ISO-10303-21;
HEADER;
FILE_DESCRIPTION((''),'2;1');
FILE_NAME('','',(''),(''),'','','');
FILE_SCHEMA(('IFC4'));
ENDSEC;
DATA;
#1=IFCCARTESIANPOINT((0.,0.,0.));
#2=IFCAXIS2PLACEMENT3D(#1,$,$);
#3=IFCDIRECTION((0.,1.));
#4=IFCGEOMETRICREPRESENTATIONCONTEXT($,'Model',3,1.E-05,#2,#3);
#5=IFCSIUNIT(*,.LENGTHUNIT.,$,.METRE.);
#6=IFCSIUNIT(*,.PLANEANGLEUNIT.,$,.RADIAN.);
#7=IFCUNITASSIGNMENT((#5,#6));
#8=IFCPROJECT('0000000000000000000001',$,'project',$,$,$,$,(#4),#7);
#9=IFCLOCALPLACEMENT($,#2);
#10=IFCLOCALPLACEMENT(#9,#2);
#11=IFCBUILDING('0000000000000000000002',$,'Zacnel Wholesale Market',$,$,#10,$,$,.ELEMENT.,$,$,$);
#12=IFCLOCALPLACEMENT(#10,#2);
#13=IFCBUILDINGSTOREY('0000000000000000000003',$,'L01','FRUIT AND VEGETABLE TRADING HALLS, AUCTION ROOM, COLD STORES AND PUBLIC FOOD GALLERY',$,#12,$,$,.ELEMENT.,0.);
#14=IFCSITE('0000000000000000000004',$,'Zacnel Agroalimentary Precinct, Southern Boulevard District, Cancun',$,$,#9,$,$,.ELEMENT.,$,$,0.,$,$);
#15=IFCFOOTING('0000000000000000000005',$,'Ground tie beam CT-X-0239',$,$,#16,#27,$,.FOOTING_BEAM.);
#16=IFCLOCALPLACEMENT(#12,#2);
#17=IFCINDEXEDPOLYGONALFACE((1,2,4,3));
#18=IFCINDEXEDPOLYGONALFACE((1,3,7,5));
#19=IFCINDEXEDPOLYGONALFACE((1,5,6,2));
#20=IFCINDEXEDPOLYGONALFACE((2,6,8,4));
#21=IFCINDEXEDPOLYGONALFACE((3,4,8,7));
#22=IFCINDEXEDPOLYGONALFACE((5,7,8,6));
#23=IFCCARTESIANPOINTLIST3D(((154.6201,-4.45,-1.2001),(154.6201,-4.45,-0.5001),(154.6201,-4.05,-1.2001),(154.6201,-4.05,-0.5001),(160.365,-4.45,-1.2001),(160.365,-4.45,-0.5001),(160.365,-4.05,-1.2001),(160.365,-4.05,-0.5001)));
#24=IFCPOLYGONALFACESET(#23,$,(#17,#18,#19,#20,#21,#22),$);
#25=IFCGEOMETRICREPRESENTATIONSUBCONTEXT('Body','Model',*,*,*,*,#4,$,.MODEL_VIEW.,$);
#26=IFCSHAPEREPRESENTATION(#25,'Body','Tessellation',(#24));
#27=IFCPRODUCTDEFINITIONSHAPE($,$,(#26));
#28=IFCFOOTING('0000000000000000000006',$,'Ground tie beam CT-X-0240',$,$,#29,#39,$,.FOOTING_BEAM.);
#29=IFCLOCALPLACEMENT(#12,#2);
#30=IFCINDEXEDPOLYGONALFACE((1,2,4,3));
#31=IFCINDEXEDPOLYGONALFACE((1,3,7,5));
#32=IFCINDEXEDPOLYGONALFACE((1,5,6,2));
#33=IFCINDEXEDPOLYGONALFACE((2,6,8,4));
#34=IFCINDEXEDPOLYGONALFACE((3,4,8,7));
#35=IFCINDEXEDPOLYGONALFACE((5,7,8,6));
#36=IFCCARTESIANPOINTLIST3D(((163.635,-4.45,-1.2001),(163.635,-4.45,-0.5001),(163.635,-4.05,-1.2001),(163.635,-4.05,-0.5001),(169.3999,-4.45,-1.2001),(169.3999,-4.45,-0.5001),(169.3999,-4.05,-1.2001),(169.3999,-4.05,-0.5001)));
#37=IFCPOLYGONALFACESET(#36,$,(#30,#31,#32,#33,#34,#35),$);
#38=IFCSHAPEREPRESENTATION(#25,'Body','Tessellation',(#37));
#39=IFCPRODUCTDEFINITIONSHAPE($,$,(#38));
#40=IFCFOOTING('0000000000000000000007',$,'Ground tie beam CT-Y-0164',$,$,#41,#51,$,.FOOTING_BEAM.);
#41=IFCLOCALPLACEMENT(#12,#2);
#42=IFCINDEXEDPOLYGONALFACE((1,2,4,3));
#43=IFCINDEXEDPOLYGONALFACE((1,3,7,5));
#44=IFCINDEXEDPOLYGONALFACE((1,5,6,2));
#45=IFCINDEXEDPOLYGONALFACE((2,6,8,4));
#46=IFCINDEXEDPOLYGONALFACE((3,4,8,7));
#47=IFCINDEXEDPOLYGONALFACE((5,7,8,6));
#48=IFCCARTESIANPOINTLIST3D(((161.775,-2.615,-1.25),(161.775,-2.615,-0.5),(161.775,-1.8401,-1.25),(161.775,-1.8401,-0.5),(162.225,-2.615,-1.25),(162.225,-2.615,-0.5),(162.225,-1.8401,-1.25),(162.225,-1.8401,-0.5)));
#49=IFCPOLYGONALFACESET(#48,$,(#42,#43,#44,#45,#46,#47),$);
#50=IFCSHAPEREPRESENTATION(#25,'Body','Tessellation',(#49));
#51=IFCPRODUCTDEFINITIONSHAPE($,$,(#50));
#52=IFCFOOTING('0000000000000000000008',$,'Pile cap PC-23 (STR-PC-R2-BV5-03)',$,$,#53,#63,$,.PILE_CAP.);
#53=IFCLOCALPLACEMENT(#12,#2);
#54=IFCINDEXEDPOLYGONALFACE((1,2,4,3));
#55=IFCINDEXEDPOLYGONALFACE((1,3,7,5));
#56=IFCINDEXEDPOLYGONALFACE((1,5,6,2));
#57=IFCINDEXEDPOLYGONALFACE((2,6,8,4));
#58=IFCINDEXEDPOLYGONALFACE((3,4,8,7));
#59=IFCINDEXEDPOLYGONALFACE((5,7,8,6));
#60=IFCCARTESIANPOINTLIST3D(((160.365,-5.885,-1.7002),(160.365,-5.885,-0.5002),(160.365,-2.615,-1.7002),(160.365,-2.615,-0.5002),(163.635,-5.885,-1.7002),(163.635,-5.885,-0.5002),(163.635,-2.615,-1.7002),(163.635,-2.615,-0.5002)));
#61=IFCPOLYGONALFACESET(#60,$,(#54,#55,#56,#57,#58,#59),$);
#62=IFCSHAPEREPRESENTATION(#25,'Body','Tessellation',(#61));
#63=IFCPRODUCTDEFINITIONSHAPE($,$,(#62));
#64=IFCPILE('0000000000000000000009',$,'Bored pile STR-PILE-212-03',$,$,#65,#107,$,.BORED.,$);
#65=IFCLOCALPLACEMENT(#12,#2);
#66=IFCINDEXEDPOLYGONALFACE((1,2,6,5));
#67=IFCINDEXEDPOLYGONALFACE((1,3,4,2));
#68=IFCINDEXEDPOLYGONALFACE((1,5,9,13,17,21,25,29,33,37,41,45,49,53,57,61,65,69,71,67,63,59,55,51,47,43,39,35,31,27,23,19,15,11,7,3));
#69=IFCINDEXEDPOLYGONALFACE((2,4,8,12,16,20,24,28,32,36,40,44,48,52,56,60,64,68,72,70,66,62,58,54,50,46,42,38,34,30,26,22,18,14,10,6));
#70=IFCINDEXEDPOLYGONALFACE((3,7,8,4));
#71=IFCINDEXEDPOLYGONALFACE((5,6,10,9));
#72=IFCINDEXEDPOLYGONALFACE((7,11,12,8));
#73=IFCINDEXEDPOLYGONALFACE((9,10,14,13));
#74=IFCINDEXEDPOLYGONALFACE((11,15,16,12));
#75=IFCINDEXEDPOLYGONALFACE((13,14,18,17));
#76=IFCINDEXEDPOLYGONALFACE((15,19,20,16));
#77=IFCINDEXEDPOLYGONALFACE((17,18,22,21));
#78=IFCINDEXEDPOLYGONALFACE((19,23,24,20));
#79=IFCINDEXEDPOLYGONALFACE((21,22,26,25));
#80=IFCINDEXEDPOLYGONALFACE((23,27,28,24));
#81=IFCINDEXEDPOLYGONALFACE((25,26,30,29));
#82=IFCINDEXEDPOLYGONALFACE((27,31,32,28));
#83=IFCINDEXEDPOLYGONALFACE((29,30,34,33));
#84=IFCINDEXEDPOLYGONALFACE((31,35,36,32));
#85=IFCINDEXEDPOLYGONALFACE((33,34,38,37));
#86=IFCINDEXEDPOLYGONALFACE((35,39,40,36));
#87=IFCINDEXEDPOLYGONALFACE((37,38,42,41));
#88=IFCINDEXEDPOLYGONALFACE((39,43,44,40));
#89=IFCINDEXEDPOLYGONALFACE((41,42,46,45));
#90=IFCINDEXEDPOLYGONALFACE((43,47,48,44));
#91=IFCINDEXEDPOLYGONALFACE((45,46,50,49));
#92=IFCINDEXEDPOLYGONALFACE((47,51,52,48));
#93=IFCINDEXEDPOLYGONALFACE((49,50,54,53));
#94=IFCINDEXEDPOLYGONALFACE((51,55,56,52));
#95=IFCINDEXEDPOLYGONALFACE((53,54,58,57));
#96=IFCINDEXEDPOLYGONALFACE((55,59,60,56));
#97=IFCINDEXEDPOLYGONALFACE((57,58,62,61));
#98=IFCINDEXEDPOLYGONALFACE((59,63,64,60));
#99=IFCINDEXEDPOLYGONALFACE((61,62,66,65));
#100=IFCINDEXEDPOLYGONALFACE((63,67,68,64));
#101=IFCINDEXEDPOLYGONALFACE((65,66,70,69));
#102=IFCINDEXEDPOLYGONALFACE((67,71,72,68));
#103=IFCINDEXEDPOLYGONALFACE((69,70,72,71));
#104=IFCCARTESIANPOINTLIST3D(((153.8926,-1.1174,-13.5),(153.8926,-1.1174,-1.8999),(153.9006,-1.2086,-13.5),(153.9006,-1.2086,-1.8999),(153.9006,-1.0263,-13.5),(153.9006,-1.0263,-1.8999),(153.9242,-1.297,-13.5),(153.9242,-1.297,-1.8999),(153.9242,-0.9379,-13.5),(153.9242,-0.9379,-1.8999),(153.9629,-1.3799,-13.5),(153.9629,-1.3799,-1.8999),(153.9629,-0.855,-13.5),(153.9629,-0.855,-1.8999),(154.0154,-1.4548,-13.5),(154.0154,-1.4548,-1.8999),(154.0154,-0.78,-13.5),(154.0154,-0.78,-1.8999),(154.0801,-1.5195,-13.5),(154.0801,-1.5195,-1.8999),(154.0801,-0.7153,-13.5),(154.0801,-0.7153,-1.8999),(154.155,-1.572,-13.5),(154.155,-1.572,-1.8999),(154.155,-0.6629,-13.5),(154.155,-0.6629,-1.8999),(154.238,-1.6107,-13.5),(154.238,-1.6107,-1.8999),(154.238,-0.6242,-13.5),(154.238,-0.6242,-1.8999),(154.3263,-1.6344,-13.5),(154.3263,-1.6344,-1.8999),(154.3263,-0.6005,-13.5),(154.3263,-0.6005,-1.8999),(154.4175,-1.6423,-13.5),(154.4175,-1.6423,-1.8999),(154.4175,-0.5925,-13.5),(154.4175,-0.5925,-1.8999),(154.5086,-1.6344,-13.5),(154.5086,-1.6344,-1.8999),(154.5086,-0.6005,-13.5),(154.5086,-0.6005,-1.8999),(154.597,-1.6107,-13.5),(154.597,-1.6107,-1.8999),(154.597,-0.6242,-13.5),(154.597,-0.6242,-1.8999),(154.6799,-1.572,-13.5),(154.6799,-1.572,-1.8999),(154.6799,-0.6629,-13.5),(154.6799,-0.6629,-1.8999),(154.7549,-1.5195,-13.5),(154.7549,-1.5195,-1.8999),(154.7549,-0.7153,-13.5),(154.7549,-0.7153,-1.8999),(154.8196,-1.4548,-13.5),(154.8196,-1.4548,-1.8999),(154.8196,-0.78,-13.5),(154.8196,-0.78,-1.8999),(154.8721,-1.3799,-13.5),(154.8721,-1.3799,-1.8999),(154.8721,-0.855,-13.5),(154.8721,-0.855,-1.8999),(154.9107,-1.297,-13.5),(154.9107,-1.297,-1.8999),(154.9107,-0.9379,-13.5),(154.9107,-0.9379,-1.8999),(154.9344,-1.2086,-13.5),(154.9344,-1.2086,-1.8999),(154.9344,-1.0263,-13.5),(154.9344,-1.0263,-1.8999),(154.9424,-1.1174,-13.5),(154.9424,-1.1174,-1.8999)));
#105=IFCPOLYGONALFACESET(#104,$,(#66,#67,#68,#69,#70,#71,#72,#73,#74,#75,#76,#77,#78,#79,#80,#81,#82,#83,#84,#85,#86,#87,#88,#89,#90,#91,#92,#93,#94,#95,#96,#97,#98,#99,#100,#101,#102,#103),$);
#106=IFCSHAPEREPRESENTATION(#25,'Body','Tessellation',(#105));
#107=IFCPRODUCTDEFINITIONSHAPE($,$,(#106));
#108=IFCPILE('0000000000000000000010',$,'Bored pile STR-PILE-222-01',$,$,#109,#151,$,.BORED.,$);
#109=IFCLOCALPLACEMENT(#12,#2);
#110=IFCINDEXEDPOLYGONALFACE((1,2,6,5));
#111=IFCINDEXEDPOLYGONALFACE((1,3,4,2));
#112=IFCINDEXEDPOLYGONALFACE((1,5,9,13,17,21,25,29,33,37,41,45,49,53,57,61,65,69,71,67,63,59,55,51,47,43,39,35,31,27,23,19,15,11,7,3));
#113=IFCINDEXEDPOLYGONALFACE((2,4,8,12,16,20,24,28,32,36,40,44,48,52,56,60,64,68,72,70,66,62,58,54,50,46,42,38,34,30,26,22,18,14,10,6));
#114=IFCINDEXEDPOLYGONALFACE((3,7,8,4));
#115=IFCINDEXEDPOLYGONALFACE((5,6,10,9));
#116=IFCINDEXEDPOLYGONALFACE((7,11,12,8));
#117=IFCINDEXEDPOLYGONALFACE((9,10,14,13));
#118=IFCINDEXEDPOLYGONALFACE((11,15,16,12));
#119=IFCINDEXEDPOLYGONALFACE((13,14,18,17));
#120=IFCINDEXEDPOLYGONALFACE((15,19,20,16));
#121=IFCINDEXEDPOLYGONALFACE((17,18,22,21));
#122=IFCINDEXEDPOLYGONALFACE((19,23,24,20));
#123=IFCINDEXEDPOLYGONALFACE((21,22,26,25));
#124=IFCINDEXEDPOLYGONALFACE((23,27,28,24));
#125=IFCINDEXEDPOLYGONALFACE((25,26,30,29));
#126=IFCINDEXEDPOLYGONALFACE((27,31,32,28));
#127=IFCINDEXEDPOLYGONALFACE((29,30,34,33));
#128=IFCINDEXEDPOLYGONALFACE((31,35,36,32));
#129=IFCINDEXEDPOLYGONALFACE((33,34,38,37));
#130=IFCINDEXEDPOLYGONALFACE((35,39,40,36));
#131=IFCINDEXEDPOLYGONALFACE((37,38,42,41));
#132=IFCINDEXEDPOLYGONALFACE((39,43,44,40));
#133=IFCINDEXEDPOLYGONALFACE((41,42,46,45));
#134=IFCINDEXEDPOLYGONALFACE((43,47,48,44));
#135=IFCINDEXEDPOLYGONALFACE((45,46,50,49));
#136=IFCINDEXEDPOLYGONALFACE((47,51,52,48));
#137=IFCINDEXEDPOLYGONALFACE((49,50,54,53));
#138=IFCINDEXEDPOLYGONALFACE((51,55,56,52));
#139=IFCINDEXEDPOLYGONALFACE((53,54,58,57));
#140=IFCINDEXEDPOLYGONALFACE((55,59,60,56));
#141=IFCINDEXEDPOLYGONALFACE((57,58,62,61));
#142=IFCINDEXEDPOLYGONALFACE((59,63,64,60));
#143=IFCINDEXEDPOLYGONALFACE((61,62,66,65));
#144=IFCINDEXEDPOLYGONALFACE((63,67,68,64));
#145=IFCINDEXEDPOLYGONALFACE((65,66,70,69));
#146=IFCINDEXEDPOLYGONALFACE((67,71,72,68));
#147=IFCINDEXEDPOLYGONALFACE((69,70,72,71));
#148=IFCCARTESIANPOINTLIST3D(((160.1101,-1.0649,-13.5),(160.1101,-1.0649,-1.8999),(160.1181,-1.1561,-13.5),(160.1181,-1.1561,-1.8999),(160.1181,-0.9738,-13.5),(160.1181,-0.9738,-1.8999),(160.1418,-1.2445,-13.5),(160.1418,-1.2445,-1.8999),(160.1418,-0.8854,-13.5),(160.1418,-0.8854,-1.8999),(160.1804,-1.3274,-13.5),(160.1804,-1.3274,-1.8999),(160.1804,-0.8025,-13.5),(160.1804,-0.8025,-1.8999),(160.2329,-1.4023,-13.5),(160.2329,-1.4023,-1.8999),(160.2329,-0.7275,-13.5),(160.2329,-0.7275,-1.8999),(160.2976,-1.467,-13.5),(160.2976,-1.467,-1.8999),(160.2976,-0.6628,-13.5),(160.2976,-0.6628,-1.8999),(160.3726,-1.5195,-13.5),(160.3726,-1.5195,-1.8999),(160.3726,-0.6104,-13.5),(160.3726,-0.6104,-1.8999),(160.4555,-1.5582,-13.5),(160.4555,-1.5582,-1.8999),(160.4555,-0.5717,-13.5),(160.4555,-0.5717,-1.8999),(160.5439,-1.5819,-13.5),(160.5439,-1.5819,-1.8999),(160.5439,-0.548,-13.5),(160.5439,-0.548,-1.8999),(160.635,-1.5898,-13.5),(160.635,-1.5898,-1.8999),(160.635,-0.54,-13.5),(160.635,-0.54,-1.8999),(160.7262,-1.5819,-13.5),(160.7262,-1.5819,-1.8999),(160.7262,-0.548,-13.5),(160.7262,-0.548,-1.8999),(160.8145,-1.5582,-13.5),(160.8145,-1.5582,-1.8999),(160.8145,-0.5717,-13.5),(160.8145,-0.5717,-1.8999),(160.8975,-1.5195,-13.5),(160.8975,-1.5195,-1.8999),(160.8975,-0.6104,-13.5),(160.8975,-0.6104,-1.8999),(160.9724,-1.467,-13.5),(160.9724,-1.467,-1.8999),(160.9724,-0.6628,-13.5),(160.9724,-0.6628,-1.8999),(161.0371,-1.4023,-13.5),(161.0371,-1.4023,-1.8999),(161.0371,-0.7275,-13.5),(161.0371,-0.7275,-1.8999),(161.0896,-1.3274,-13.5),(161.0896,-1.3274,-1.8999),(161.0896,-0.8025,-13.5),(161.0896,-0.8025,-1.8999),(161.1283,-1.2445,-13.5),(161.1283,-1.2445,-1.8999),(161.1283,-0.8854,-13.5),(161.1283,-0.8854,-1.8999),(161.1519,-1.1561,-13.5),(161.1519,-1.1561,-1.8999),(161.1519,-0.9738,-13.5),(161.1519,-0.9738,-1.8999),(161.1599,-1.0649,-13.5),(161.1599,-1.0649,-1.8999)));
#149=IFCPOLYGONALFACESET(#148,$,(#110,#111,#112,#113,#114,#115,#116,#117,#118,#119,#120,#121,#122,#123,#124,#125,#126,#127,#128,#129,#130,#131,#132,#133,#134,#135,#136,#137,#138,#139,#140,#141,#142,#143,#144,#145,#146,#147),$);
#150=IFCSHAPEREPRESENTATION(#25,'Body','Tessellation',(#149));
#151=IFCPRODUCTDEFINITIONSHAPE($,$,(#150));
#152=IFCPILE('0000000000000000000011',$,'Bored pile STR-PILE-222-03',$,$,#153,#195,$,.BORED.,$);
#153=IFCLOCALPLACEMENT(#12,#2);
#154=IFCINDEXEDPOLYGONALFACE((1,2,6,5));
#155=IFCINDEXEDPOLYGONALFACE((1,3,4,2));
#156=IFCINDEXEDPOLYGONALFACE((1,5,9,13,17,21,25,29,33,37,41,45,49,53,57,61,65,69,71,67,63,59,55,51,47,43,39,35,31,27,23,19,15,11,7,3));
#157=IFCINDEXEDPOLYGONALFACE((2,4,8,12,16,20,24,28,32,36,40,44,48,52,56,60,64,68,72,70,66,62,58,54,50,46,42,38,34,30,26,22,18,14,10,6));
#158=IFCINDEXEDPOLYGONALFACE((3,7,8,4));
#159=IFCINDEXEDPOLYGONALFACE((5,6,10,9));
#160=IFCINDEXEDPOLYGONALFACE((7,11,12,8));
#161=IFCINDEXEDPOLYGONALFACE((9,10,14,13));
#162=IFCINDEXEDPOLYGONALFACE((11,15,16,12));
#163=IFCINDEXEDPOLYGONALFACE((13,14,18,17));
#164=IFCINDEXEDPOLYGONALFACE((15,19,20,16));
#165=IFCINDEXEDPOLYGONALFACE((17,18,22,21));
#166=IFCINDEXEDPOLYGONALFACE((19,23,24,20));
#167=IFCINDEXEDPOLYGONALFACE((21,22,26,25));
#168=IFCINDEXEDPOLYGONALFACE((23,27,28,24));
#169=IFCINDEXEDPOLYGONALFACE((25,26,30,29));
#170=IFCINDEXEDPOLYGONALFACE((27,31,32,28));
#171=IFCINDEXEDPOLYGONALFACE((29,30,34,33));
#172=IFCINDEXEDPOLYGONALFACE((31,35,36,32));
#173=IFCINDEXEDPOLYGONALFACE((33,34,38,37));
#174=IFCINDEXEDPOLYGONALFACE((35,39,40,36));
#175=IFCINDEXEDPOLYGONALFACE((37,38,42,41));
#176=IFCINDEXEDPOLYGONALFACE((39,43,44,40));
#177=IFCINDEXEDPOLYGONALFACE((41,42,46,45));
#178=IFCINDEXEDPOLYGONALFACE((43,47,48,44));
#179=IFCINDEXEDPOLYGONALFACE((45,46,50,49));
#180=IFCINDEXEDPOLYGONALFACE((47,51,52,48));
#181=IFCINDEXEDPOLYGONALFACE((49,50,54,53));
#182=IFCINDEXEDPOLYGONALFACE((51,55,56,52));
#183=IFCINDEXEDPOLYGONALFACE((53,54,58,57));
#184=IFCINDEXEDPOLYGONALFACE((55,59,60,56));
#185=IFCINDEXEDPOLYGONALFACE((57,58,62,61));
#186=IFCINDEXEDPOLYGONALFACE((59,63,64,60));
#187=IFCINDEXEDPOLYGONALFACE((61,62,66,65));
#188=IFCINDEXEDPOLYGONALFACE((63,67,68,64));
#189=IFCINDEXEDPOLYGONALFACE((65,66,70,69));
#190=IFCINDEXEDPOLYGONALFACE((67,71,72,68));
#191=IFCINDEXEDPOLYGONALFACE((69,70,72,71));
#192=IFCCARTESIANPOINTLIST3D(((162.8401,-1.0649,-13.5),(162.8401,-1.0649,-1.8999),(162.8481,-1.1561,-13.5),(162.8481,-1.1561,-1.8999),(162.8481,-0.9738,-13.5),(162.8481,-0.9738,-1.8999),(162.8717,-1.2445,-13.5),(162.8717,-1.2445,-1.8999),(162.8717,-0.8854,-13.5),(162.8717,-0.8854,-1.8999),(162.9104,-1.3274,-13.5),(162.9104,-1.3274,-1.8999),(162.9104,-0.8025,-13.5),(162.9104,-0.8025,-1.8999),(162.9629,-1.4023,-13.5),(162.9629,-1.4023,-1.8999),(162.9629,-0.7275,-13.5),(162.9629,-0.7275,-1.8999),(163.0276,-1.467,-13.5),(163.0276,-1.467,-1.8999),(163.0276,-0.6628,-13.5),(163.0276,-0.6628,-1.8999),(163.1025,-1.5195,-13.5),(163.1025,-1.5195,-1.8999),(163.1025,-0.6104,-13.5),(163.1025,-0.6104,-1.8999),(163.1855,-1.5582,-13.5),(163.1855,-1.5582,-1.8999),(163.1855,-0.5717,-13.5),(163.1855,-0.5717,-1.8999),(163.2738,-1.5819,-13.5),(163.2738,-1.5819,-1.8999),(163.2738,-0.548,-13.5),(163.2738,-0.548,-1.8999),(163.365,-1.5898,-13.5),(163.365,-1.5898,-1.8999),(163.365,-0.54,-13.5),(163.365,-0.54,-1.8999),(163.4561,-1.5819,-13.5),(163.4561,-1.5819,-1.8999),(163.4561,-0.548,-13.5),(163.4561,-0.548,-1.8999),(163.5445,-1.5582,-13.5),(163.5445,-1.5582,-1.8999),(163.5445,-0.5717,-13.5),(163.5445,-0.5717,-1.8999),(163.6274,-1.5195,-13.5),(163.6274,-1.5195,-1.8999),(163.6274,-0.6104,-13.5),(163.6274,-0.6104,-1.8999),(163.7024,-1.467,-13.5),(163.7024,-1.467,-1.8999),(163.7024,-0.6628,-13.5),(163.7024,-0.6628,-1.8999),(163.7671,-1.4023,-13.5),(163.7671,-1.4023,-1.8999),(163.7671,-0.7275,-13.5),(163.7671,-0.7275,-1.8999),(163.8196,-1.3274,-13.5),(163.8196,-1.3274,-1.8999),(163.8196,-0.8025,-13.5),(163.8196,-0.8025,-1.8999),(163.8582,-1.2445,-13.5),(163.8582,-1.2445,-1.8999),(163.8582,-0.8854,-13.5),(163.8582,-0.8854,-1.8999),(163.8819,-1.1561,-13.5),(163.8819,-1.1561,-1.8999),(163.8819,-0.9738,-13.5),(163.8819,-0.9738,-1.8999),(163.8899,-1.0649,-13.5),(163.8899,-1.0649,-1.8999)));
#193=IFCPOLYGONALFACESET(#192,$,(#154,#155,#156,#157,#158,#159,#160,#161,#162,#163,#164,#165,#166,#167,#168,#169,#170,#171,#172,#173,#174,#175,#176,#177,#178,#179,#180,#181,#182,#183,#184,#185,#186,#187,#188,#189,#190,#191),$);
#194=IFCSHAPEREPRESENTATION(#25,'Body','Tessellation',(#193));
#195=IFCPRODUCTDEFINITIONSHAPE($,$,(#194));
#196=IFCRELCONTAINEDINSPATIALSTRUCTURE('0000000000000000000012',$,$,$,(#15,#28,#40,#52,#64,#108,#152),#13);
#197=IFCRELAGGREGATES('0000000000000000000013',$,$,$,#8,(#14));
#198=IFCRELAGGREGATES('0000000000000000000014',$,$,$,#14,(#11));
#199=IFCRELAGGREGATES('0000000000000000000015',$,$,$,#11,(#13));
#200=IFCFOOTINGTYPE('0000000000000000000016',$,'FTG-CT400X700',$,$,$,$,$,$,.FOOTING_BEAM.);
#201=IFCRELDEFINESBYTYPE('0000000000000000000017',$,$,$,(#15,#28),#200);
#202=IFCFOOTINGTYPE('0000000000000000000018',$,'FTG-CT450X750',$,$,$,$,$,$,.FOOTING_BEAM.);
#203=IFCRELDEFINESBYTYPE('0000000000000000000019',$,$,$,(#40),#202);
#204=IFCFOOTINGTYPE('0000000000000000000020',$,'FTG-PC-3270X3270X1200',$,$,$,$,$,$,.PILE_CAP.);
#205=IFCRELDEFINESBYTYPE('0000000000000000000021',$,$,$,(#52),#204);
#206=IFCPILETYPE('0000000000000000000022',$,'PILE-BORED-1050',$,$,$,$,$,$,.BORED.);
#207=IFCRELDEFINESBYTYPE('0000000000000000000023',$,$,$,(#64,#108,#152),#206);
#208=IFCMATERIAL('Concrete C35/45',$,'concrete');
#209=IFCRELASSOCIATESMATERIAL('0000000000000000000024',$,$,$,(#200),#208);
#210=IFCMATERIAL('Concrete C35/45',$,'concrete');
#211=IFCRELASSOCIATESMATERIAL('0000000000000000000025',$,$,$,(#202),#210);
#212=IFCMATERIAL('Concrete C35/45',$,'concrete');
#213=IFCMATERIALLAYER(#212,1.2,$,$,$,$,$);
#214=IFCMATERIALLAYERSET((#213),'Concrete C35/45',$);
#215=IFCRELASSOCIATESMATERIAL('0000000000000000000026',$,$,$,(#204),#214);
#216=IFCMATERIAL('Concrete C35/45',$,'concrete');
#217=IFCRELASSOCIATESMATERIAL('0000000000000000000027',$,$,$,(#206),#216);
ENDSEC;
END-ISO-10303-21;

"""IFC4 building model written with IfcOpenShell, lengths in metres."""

from ifc_helpers import new_model, si_unit, direction, frame, origin, origin_2d, place, context, subcontext, project, spatial, rectangle, circle, extrude, material, layer, layer_set, material_profile, profile_set, type_object, element, save


model = new_model("IFC4")

# Units and contexts
model_context = context("Model", 3, precision=1e-05, world=origin(), true_north=direction((0.0, 1.0)))
body_context = subcontext(model_context, "Body", "Model", "MODEL_VIEW")
ifc_project = project(units=[si_unit("LENGTHUNIT", "METRE"), si_unit("PLANEANGLEUNIT", "RADIAN")], contexts=[model_context])

# Site, building, storey
site_placement = place(None, origin())
site = spatial("IfcSite", under=ifc_project, at=site_placement, Name="Zacnel Agroalimentary Precinct, Southern Boulevard District, Cancun", CompositionType="ELEMENT", RefElevation=0.0)
building_placement = place(site_placement, origin())
building = spatial("IfcBuilding", under=site, at=building_placement, Name="Zacnel Wholesale Market", CompositionType="ELEMENT")
storey_placement = place(building_placement, origin())
storey = spatial("IfcBuildingStorey", under=building, at=storey_placement, Name="L01", Description="FRUIT AND VEGETABLE TRADING HALLS, AUCTION ROOM, COLD STORES AND PUBLIC FOOD GALLERY", CompositionType="ELEMENT", Elevation=0.0)

# Footings
ifc_material_1 = material(Name="Concrete C35/45", Category="concrete")
ifc_material_profile_1 = material_profile(ifc_material_1, rectangle(XDim=0.3999, YDim=0.7, at=origin_2d()), Name="CT 400x700")
ifc_profile_set_1 = profile_set([ifc_material_profile_1], Name="Concrete C35/45")
footing_type_1 = type_object("IfcFootingType", Name="FTG-CT400X700", PredefinedType="FOOTING_BEAM", material=ifc_profile_set_1)
footing_1_placement = place(storey_placement, frame((154.6201, -4.25, -0.8501), z_axis=(1.0, 0.0, 0.0), x_axis=(0.0, 1.0, 0.0)))
element("IfcFooting", 1, at=footing_1_placement, inside=storey, type_object=footing_type_1, Name="Ground tie beam CT-X-0239", PredefinedType="FOOTING_BEAM", context=body_context, shape_type="SweptSolid", body=[
    extrude(rectangle(XDim=0.3999, YDim=0.7, at=origin_2d()), origin(), (0.0, 0.0, 1.0), 5.7449),
])
footing_2_placement = place(storey_placement, frame((163.635, -4.25, -0.8501), z_axis=(1.0, 0.0, 0.0), x_axis=(0.0, 1.0, 0.0)))
element("IfcFooting", 2, at=footing_2_placement, inside=storey, type_object=footing_type_1, Name="Ground tie beam CT-X-0240", PredefinedType="FOOTING_BEAM", context=body_context, shape_type="SweptSolid", body=[
    extrude(rectangle(XDim=0.3999, YDim=0.7, at=origin_2d()), origin(), (0.0, 0.0, 1.0), 5.7649),
])
ifc_material_2 = material(Name="Concrete C35/45", Category="concrete")
ifc_material_profile_2 = material_profile(ifc_material_2, rectangle(XDim=0.45, YDim=0.75, at=origin_2d()), Name="CT 450x750")
ifc_profile_set_2 = profile_set([ifc_material_profile_2], Name="Concrete C35/45")
footing_type_2 = type_object("IfcFootingType", Name="FTG-CT450X750", PredefinedType="FOOTING_BEAM", material=ifc_profile_set_2)
footing_3_placement = place(storey_placement, frame((162.0, -2.615, -0.875), z_axis=(0.0, 1.0, 0.0), x_axis=(-1.0, 0.0, 0.0)))
element("IfcFooting", 3, at=footing_3_placement, inside=storey, type_object=footing_type_2, Name="Ground tie beam CT-Y-0164", PredefinedType="FOOTING_BEAM", context=body_context, shape_type="SweptSolid", body=[
    extrude(rectangle(XDim=0.45, YDim=0.75, at=origin_2d()), origin(), (0.0, 0.0, 1.0), 0.7749),
])
ifc_material_3 = material(Name="Concrete C35/45", Category="concrete")
ifc_layer_1 = layer(ifc_material_3, 1.2)
ifc_layer_set_1 = layer_set([ifc_layer_1], Name="Concrete C35/45")
footing_type_3 = type_object("IfcFootingType", Name="FTG-PC-3270X3270X1200", PredefinedType="PILE_CAP", material=ifc_layer_set_1)
footing_4_placement = place(storey_placement, frame((162.0, -4.25, -1.7002), z_axis=(0.0, 0.0, 1.0), x_axis=(1.0, 0.0, 0.0)))
element("IfcFooting", 4, at=footing_4_placement, inside=storey, type_object=footing_type_3, Name="Pile cap PC-23 (STR-PC-R2-BV5-03)", PredefinedType="PILE_CAP", context=body_context, shape_type="SweptSolid", body=[
    extrude(rectangle(XDim=3.27, YDim=3.27, at=origin_2d()), origin(), (0.0, 0.0, 1.0), 1.2),
])

# Piles
ifc_material_4 = material(Name="Concrete C35/45", Category="concrete")
ifc_material_profile_3 = material_profile(ifc_material_4, circle(Radius=0.5249, at=origin_2d()), Name="BORED PILE D1050")
ifc_profile_set_3 = profile_set([ifc_material_profile_3], Name="Concrete C35/45")
pile_type_1 = type_object("IfcPileType", Name="PILE-BORED-1050", PredefinedType="BORED", material=ifc_profile_set_3)
for number, where, z_axis, x_axis, name in (
    (5, (154.4175, -1.1174, -1.8999), (0.0, 0.0, -1.0), (1.0, 0.0, 0.0), "Bored pile STR-PILE-212-03"),
    (6, (160.635, -1.0649, -1.8999), (0.0, 0.0, -1.0), (1.0, 0.0, 0.0), "Bored pile STR-PILE-222-01"),
    (7, (163.365, -1.0649, -1.8999), (0.0, 0.0, -1.0), (1.0, 0.0, 0.0), "Bored pile STR-PILE-222-03"),
):
    element("IfcPile", number, at=place(storey_placement, frame(where, z_axis=z_axis, x_axis=x_axis)), inside=storey, type_object=pile_type_1, Name=name, PredefinedType="BORED", context=body_context, shape_type="SweptSolid", body=[
        extrude(circle(Radius=0.5249, at=origin_2d()), origin(), (0.0, 0.0, 1.0), 11.6001),
    ])

save(model, "model.ifc")
